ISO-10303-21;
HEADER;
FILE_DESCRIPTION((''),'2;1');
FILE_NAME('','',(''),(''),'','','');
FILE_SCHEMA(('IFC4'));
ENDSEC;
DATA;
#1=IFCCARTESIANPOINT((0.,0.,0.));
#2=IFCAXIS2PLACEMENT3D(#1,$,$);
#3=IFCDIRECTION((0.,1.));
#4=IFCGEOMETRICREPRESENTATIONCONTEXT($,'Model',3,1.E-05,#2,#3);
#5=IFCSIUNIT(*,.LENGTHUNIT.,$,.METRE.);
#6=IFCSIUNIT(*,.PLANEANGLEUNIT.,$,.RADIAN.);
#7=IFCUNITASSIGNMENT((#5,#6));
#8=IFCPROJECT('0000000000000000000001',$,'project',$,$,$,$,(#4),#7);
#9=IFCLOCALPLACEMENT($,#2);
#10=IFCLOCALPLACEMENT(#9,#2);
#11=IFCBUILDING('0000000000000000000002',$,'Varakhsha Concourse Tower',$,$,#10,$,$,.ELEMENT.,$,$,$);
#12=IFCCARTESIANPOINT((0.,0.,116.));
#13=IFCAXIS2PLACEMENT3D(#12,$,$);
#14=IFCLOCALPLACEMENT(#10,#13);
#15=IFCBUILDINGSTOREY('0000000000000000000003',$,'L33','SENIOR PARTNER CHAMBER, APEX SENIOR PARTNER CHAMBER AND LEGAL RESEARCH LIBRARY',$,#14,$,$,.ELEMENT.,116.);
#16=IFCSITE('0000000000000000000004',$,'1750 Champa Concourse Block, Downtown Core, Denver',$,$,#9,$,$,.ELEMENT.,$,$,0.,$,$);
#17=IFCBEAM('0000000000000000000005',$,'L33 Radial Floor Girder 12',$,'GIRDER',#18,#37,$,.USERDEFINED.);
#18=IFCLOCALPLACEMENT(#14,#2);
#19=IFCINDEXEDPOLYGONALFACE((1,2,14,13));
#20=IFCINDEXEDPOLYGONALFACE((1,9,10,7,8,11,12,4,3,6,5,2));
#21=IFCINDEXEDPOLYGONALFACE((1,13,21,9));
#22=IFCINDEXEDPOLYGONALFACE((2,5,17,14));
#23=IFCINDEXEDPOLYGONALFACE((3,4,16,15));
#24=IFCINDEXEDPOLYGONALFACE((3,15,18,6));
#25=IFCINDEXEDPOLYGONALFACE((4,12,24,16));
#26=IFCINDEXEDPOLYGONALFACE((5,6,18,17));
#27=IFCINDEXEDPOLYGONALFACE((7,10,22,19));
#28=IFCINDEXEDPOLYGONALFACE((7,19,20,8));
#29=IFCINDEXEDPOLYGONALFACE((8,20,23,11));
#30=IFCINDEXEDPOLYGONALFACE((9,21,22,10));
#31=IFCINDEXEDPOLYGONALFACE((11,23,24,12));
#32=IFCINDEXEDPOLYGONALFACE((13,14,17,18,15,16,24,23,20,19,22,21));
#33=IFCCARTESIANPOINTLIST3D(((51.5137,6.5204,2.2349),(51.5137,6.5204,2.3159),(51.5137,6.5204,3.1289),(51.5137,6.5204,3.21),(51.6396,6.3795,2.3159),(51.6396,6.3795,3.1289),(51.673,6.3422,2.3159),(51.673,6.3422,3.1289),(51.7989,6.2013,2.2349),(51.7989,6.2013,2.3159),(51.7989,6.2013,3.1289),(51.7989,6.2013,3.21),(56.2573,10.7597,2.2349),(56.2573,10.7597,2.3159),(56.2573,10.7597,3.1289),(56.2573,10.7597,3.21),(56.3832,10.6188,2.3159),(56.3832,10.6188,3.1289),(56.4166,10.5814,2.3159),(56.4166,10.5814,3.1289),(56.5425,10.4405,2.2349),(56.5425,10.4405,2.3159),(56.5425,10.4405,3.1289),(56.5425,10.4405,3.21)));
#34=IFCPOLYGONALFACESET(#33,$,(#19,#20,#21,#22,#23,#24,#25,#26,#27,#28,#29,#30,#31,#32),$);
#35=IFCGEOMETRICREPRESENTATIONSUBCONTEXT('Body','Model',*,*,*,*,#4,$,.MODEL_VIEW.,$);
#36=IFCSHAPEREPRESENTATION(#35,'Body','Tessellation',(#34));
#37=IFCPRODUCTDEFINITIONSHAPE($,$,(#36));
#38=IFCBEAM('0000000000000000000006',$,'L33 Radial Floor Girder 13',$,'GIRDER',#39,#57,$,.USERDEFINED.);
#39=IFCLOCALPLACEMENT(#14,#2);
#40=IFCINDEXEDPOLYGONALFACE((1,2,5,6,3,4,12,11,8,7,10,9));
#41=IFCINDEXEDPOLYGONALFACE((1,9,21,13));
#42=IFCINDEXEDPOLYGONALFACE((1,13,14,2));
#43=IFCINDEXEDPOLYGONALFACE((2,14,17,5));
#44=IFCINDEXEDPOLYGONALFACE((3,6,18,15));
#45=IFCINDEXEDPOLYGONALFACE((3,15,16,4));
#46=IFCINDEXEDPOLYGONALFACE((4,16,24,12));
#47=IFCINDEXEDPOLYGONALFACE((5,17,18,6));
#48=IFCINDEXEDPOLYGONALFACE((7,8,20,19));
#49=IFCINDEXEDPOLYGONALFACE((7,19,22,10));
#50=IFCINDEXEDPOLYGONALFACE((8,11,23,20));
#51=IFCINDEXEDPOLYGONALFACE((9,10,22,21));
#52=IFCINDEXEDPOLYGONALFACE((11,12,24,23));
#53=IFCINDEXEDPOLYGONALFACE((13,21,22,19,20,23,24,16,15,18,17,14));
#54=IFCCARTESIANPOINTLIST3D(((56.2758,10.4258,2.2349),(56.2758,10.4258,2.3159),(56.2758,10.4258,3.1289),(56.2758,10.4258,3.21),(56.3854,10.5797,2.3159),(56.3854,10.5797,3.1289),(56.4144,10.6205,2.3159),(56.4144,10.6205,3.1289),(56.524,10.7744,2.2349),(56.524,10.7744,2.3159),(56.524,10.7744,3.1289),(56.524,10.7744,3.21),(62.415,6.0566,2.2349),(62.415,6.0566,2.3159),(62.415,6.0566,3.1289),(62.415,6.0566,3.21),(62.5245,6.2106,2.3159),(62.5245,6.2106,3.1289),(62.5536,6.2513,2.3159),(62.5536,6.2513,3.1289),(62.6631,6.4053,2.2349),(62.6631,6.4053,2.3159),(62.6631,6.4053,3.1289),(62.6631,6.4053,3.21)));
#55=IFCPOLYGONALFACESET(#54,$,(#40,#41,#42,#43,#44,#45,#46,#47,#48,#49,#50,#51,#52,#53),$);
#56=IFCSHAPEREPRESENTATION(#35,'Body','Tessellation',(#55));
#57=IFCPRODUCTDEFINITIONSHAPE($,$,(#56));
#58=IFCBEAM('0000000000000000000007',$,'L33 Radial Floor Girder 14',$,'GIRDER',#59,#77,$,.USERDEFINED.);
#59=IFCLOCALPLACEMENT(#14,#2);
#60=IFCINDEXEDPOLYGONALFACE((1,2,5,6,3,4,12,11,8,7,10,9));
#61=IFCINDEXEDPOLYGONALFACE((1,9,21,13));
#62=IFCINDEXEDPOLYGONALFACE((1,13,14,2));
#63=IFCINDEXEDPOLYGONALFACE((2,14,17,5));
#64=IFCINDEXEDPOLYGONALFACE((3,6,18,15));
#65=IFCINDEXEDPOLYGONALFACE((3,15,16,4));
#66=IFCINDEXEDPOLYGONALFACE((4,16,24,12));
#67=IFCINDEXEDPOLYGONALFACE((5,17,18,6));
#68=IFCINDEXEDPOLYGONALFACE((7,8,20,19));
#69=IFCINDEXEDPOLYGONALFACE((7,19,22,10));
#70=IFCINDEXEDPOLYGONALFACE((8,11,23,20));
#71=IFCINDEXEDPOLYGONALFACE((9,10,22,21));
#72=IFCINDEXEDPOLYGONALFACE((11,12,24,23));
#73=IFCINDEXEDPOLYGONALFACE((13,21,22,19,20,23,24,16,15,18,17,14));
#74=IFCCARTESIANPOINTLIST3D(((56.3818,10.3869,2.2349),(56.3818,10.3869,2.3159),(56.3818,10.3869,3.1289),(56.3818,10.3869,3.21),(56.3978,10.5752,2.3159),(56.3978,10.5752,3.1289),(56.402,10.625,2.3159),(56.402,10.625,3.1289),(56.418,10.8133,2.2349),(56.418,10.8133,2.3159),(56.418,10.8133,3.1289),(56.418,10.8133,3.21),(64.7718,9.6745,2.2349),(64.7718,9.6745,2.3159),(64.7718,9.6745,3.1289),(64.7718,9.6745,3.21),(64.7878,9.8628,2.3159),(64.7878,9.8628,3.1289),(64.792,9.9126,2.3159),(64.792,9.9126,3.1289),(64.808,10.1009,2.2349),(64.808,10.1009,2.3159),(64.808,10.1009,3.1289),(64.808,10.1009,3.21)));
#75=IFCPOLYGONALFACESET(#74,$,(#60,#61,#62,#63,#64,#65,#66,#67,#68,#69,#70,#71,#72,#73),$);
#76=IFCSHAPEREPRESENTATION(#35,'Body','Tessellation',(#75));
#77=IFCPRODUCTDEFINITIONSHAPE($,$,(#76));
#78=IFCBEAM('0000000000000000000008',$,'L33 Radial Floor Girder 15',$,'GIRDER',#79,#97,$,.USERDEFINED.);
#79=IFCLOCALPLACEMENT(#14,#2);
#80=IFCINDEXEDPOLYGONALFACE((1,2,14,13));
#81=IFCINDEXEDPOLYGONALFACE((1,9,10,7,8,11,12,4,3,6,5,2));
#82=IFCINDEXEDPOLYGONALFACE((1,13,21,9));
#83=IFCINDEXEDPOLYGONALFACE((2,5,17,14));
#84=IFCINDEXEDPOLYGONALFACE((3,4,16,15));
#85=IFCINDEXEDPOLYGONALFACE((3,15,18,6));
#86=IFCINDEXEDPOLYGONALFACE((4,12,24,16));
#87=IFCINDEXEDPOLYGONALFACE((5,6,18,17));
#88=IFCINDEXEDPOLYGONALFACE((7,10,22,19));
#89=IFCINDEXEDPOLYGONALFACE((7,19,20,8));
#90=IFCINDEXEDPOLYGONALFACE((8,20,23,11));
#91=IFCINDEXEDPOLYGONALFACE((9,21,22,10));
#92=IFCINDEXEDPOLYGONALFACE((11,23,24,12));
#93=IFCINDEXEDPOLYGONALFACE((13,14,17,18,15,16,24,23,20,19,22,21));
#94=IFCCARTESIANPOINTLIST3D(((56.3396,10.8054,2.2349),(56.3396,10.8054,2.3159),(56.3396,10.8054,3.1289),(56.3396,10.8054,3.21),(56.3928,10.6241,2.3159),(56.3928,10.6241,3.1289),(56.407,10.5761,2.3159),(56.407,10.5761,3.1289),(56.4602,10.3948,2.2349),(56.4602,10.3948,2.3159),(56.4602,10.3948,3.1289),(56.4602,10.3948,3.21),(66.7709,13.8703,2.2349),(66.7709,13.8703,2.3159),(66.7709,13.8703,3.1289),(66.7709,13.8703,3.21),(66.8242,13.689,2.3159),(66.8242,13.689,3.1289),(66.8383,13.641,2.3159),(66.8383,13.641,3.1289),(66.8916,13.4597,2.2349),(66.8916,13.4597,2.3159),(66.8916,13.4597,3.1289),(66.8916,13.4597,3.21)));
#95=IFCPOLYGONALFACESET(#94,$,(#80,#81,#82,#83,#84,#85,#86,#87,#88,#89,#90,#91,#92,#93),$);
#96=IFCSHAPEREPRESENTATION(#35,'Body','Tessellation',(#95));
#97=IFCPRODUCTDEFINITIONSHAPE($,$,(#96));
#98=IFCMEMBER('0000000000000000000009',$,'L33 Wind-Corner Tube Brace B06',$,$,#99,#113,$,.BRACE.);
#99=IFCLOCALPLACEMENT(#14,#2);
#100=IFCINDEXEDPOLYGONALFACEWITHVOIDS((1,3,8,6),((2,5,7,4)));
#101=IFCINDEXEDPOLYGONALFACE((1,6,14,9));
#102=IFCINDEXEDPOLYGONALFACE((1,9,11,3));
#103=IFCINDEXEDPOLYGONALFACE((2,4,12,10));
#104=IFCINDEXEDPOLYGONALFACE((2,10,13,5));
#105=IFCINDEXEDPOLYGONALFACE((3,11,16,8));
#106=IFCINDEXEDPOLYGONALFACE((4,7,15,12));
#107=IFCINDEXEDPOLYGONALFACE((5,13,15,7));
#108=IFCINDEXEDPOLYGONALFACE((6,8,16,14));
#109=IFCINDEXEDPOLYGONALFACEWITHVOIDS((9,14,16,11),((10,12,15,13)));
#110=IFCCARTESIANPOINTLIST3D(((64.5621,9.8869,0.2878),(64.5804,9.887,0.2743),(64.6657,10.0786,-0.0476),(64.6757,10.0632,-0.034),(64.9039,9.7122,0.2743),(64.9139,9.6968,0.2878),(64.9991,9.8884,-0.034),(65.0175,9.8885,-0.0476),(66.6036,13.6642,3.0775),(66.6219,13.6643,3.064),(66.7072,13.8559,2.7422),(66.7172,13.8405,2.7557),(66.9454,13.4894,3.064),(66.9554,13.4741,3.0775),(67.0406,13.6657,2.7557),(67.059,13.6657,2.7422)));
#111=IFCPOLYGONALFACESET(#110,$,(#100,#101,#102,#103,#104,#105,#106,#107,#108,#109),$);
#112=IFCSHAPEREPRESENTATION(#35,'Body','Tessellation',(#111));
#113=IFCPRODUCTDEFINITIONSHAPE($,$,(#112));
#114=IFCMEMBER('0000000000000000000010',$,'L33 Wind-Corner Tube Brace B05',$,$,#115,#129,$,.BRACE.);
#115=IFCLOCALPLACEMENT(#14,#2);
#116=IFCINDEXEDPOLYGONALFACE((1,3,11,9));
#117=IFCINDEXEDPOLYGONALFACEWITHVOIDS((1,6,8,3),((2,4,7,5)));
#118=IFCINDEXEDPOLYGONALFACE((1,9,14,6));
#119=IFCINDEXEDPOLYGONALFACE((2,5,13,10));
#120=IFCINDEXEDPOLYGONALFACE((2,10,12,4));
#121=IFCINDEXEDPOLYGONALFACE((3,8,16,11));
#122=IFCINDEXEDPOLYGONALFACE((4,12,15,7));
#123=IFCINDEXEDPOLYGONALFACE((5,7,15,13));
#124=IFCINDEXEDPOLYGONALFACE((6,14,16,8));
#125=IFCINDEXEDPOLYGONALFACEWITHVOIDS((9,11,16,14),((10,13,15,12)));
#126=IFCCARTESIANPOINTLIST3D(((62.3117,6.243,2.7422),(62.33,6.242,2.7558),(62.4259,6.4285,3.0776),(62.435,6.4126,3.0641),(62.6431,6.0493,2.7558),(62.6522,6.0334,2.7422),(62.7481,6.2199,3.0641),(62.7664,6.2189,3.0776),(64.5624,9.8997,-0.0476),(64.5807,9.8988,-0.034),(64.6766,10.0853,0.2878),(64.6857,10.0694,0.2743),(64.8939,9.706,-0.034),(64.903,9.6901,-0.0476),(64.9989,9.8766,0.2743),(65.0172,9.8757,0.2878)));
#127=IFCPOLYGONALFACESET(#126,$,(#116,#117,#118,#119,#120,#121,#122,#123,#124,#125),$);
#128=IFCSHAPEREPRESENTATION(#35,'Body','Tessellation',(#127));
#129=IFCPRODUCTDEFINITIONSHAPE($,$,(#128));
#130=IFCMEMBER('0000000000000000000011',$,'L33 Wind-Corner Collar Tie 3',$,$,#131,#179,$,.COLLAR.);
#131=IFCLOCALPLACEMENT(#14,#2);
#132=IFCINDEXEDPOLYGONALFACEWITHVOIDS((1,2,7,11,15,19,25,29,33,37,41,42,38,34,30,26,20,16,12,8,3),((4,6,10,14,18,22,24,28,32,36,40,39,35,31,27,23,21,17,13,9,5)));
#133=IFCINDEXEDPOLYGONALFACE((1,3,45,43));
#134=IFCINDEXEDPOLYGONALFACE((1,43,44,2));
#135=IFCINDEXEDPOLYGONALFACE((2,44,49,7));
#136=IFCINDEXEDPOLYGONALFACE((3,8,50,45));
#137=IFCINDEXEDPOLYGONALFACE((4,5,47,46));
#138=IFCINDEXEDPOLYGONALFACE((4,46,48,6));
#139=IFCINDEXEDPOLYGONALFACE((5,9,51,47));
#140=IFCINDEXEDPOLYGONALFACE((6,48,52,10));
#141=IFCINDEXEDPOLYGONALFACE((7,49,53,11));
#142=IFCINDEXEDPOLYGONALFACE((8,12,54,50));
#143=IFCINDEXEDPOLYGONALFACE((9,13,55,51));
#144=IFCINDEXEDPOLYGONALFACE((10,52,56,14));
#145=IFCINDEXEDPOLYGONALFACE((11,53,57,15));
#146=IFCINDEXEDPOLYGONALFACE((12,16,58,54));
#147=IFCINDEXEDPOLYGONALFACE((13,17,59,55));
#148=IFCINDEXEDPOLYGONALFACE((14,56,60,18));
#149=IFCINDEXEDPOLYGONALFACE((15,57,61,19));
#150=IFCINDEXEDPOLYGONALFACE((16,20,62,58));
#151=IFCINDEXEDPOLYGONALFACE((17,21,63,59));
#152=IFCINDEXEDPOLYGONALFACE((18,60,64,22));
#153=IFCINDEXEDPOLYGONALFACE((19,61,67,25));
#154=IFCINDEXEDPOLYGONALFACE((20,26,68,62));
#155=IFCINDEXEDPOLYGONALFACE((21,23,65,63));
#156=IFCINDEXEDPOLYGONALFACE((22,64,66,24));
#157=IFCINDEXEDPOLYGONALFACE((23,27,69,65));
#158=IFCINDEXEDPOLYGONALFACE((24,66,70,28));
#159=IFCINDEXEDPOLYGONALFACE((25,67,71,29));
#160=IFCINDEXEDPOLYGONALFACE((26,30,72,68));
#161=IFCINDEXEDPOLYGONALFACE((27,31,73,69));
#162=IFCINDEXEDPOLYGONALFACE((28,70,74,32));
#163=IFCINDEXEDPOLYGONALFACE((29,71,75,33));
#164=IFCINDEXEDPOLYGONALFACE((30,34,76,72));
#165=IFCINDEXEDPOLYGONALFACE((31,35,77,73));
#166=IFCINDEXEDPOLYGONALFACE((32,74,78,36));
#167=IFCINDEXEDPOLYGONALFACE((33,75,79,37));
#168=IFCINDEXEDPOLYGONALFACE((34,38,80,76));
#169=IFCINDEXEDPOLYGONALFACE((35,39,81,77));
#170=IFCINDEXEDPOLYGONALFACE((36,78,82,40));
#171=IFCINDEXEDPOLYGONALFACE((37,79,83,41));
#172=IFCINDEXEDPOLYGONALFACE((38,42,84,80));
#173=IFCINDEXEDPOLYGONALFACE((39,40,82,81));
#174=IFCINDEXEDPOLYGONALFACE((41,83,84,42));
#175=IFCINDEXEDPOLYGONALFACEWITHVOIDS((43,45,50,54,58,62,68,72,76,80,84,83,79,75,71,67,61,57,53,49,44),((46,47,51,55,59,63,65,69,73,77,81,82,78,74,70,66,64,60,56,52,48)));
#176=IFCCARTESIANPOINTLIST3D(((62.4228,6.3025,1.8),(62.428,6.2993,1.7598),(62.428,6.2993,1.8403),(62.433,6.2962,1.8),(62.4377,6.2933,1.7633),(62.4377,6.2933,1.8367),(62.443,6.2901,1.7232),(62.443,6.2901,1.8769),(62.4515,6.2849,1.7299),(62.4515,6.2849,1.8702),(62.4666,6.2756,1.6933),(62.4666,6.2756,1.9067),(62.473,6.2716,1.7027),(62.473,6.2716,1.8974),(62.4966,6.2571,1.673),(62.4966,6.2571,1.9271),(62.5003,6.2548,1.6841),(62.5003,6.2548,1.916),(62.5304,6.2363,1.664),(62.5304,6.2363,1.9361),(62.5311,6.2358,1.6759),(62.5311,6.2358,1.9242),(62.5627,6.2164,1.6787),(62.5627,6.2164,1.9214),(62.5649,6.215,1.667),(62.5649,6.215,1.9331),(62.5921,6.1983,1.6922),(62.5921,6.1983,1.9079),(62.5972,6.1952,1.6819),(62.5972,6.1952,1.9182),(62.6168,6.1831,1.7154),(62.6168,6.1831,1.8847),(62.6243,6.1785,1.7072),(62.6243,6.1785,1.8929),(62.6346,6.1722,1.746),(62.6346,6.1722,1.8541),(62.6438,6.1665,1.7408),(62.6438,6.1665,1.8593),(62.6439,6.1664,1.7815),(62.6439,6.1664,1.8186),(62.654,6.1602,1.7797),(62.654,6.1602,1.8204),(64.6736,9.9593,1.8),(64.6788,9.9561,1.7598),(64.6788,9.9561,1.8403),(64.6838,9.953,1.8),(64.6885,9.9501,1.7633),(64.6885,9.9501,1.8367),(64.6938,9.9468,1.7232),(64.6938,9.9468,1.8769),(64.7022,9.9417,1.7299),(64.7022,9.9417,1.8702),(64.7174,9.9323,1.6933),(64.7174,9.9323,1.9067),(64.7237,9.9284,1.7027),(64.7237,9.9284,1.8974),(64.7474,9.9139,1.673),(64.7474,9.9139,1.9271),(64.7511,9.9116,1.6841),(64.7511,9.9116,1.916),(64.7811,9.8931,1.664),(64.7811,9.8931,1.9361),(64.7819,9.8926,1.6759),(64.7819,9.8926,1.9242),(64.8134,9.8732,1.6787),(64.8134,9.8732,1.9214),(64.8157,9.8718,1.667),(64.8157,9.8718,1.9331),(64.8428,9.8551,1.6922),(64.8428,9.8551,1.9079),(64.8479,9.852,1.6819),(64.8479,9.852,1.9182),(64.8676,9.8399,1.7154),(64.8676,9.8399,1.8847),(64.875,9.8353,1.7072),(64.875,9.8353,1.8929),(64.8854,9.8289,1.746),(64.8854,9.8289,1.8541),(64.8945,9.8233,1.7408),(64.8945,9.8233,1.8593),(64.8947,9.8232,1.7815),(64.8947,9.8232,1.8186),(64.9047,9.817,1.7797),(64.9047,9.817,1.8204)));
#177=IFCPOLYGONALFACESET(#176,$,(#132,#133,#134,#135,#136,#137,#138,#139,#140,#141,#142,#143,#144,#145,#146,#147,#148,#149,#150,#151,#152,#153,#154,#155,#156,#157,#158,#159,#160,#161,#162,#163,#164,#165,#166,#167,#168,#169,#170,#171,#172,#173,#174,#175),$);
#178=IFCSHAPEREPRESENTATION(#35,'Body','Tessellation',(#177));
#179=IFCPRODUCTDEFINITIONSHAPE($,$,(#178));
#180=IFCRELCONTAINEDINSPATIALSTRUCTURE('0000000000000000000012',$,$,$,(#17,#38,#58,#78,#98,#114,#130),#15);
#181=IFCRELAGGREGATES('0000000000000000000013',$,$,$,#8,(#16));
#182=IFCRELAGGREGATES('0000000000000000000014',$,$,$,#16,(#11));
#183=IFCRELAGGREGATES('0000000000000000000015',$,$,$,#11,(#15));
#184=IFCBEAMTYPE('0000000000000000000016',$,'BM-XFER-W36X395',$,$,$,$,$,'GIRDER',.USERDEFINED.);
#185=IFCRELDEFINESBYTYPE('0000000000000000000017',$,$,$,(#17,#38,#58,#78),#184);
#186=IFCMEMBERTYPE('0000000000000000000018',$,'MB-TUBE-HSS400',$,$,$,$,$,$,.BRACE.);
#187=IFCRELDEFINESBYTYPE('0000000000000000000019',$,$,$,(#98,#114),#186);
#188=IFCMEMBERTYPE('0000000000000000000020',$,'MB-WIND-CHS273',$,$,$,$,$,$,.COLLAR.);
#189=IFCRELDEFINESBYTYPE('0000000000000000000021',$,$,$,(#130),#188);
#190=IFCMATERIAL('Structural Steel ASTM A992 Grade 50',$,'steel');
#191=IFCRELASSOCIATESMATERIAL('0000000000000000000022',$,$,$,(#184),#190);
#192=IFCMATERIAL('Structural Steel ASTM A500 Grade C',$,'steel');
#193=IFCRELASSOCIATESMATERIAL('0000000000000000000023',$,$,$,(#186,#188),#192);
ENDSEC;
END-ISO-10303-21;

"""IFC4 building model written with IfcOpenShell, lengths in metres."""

from ifc_helpers import new_model, si_unit, direction, frame, origin, origin_2d, place, context, subcontext, project, spatial, hollow_rectangle, hollow_circle, i_section, extrude, source, transform, mapped, material, material_profile, profile_set, type_object, type_shapes, element, save


model = new_model("IFC4")

# Units and contexts
model_context = context("Model", 3, precision=1e-05, world=origin(), true_north=direction((0.0, 1.0)))
body_context = subcontext(model_context, "Body", "Model", "MODEL_VIEW")
ifc_project = project(units=[si_unit("LENGTHUNIT", "METRE"), si_unit("PLANEANGLEUNIT", "RADIAN")], contexts=[model_context])

# Site, building, storey
site_placement = place(None, origin())
site = spatial("IfcSite", under=ifc_project, at=site_placement, Name="1750 Champa Concourse Block, Downtown Core, Denver", CompositionType="ELEMENT", RefElevation=0.0)
building_placement = place(site_placement, origin())
building = spatial("IfcBuilding", under=site, at=building_placement, Name="Varakhsha Concourse Tower", CompositionType="ELEMENT")
storey_placement = place(building_placement, frame((0.0, 0.0, 116.0)))
storey = spatial("IfcBuildingStorey", under=building, at=storey_placement, Name="L33", Description="SENIOR PARTNER CHAMBER, APEX SENIOR PARTNER CHAMBER AND LEGAL RESEARCH LIBRARY", CompositionType="ELEMENT", Elevation=116.0)

# Shared definitions
ifc_material_1 = material(Name="Structural Steel ASTM A992 Grade 50", Category="steel")

# Beams
ifc_material_profile_1 = material_profile(ifc_material_1, i_section(OverallWidth=0.428, OverallDepth=0.9751, WebThickness=0.05, FlangeThickness=0.0811, at=origin_2d()), Name="W36X395")
ifc_profile_set_1 = profile_set([ifc_material_profile_1], Name="Structural Steel ASTM A992 Grade 50")
beam_type_1 = type_object("IfcBeamType", Name="BM-XFER-W36X395", ElementType="GIRDER", PredefinedType="USERDEFINED", material=ifc_profile_set_1)
beam_1_placement = place(storey_placement, frame((56.3999, 10.6001, 2.7224), z_axis=(-0.745637, -0.666353, 0.0), x_axis=(0.666353, -0.745637, 0.0)))
element("IfcBeam", 1, at=beam_1_placement, inside=storey, type_object=beam_type_1, Name="L33 Radial Floor Girder 12", ObjectType="GIRDER", PredefinedType="USERDEFINED", context=body_context, shape_type="SweptSolid", body=[
    extrude(i_section(OverallWidth=0.428, OverallDepth=0.9751, WebThickness=0.05, FlangeThickness=0.0811, at=origin_2d()), origin(), (0.0, 0.0, 1.0), 6.3618),
])
beam_2_placement = place(storey_placement, frame((56.3999, 10.6001, 2.7224), z_axis=(0.814735, -0.579834, 0.0), x_axis=(0.579834, 0.814735, 0.0)))
element("IfcBeam", 2, at=beam_2_placement, inside=storey, type_object=beam_type_1, Name="L33 Radial Floor Girder 13", ObjectType="GIRDER", PredefinedType="USERDEFINED", context=body_context, shape_type="SweptSolid", body=[
    extrude(i_section(OverallWidth=0.428, OverallDepth=0.9751, WebThickness=0.05, FlangeThickness=0.0811, at=origin_2d()), origin(), (0.0, 0.0, 1.0), 7.5352),
])
beam_3_placement = place(storey_placement, frame((56.3999, 10.6001, 2.7224), z_axis=(0.996414, -0.084608, 0.0), x_axis=(0.084608, 0.996414, 0.0)))
element("IfcBeam", 3, at=beam_3_placement, inside=storey, type_object=beam_type_1, Name="L33 Radial Floor Girder 14", ObjectType="GIRDER", PredefinedType="USERDEFINED", context=body_context, shape_type="SweptSolid", body=[
    extrude(i_section(OverallWidth=0.428, OverallDepth=0.9751, WebThickness=0.05, FlangeThickness=0.0811, at=origin_2d()), origin(), (0.0, 0.0, 1.0), 8.4202),
])
beam_4_placement = place(storey_placement, frame((56.3999, 10.6001, 2.7224), z_axis=(0.959443, 0.281903, 0.0), x_axis=(-0.281903, 0.959443, 0.0)))
element("IfcBeam", 4, at=beam_4_placement, inside=storey, type_object=beam_type_1, Name="L33 Radial Floor Girder 15", ObjectType="GIRDER", PredefinedType="USERDEFINED", context=body_context, shape_type="SweptSolid", body=[
    extrude(i_section(OverallWidth=0.428, OverallDepth=0.9751, WebThickness=0.05, FlangeThickness=0.0811, at=origin_2d()), origin(), (0.0, 0.0, 1.0), 10.8723),
])

# Members
ifc_material_2 = material(Name="Structural Steel ASTM A500 Grade C", Category="steel")
ifc_material_profile_2 = material_profile(ifc_material_2, hollow_rectangle(XDim=0.3999, YDim=0.3999, WallThickness=0.0161, at=origin_2d()), Name="HSS 400x400x16")
ifc_profile_set_2 = profile_set([ifc_material_profile_2], Name="Structural Steel ASTM A500 Grade C")
member_type_1 = type_object("IfcMemberType", Name="MB-TUBE-HSS400", PredefinedType="BRACE", material=ifc_profile_set_2)
shared_shape_1 = source(origin(), body_context, "Body", "SweptSolid", [
    extrude(hollow_rectangle(XDim=0.3999, YDim=0.3999, WallThickness=0.0161, at=origin_2d()), origin(), (0.0, 0.0, 1.0), 5.1204),
])
member_1_placement = place(storey_placement, frame((64.7898, 9.8877, 0.1201), z_axis=(0.398696, 0.737697, 0.544834), x_axis=(-0.879736, 0.475462, 0.0)))
element("IfcMember", 5, at=member_1_placement, inside=storey, type_object=member_type_1, Name="L33 Wind-Corner Tube Brace B06", PredefinedType="BRACE", context=body_context, shape_type="MappedRepresentation", body=[
    mapped(shared_shape_1, transform((0.0, 0.0, 0.0), scale=1.0)),
])
shared_shape_2 = source(origin(), body_context, "Body", "SweptSolid", [
    extrude(hollow_rectangle(XDim=0.3999, YDim=0.3999, WallThickness=0.0161, at=origin_2d()), origin(), (0.0, 0.0, 1.0), 5.1206),
])
type_shapes(member_type_1, [shared_shape_1, shared_shape_2])
member_2_placement = place(storey_placement, frame((64.7898, 9.8877, 0.1201), z_axis=(-0.439545, -0.714124, 0.544819), x_axis=(0.851613, -0.52417, 0.0)))
element("IfcMember", 6, at=member_2_placement, inside=storey, type_object=member_type_1, Name="L33 Wind-Corner Tube Brace B05", PredefinedType="BRACE", context=body_context, shape_type="MappedRepresentation", body=[
    mapped(shared_shape_2, transform((0.0, 0.0, 0.0), scale=1.0)),
])
ifc_material_profile_3 = material_profile(ifc_material_2, hollow_circle(Radius=0.1365, WallThickness=0.012, at=origin_2d()), Name="CHS 273x12")
ifc_profile_set_3 = profile_set([ifc_material_profile_3], Name="Structural Steel ASTM A500 Grade C")
member_type_2 = type_object("IfcMemberType", Name="MB-WIND-CHS273", PredefinedType="COLLAR", material=ifc_profile_set_3)
shared_shape_3 = source(origin(), body_context, "Body", "SweptSolid", [
    extrude(hollow_circle(Radius=0.1365, WallThickness=0.012, at=origin_2d()), origin(), (0.0, 0.0, 1.0), 4.2939),
])
type_shapes(member_type_2, [shared_shape_3])
member_3_placement = place(storey_placement, frame((62.5391, 6.231, 1.8), z_axis=(0.52417, 0.851613, 0.0), x_axis=(-0.851613, 0.52417, 0.0)))
element("IfcMember", 7, at=member_3_placement, inside=storey, type_object=member_type_2, Name="L33 Wind-Corner Collar Tie 3", PredefinedType="COLLAR", context=body_context, shape_type="MappedRepresentation", body=[
    mapped(shared_shape_3, transform((0.0, 0.0, 0.0), scale=1.0)),
])

save(model, "model.ifc")
